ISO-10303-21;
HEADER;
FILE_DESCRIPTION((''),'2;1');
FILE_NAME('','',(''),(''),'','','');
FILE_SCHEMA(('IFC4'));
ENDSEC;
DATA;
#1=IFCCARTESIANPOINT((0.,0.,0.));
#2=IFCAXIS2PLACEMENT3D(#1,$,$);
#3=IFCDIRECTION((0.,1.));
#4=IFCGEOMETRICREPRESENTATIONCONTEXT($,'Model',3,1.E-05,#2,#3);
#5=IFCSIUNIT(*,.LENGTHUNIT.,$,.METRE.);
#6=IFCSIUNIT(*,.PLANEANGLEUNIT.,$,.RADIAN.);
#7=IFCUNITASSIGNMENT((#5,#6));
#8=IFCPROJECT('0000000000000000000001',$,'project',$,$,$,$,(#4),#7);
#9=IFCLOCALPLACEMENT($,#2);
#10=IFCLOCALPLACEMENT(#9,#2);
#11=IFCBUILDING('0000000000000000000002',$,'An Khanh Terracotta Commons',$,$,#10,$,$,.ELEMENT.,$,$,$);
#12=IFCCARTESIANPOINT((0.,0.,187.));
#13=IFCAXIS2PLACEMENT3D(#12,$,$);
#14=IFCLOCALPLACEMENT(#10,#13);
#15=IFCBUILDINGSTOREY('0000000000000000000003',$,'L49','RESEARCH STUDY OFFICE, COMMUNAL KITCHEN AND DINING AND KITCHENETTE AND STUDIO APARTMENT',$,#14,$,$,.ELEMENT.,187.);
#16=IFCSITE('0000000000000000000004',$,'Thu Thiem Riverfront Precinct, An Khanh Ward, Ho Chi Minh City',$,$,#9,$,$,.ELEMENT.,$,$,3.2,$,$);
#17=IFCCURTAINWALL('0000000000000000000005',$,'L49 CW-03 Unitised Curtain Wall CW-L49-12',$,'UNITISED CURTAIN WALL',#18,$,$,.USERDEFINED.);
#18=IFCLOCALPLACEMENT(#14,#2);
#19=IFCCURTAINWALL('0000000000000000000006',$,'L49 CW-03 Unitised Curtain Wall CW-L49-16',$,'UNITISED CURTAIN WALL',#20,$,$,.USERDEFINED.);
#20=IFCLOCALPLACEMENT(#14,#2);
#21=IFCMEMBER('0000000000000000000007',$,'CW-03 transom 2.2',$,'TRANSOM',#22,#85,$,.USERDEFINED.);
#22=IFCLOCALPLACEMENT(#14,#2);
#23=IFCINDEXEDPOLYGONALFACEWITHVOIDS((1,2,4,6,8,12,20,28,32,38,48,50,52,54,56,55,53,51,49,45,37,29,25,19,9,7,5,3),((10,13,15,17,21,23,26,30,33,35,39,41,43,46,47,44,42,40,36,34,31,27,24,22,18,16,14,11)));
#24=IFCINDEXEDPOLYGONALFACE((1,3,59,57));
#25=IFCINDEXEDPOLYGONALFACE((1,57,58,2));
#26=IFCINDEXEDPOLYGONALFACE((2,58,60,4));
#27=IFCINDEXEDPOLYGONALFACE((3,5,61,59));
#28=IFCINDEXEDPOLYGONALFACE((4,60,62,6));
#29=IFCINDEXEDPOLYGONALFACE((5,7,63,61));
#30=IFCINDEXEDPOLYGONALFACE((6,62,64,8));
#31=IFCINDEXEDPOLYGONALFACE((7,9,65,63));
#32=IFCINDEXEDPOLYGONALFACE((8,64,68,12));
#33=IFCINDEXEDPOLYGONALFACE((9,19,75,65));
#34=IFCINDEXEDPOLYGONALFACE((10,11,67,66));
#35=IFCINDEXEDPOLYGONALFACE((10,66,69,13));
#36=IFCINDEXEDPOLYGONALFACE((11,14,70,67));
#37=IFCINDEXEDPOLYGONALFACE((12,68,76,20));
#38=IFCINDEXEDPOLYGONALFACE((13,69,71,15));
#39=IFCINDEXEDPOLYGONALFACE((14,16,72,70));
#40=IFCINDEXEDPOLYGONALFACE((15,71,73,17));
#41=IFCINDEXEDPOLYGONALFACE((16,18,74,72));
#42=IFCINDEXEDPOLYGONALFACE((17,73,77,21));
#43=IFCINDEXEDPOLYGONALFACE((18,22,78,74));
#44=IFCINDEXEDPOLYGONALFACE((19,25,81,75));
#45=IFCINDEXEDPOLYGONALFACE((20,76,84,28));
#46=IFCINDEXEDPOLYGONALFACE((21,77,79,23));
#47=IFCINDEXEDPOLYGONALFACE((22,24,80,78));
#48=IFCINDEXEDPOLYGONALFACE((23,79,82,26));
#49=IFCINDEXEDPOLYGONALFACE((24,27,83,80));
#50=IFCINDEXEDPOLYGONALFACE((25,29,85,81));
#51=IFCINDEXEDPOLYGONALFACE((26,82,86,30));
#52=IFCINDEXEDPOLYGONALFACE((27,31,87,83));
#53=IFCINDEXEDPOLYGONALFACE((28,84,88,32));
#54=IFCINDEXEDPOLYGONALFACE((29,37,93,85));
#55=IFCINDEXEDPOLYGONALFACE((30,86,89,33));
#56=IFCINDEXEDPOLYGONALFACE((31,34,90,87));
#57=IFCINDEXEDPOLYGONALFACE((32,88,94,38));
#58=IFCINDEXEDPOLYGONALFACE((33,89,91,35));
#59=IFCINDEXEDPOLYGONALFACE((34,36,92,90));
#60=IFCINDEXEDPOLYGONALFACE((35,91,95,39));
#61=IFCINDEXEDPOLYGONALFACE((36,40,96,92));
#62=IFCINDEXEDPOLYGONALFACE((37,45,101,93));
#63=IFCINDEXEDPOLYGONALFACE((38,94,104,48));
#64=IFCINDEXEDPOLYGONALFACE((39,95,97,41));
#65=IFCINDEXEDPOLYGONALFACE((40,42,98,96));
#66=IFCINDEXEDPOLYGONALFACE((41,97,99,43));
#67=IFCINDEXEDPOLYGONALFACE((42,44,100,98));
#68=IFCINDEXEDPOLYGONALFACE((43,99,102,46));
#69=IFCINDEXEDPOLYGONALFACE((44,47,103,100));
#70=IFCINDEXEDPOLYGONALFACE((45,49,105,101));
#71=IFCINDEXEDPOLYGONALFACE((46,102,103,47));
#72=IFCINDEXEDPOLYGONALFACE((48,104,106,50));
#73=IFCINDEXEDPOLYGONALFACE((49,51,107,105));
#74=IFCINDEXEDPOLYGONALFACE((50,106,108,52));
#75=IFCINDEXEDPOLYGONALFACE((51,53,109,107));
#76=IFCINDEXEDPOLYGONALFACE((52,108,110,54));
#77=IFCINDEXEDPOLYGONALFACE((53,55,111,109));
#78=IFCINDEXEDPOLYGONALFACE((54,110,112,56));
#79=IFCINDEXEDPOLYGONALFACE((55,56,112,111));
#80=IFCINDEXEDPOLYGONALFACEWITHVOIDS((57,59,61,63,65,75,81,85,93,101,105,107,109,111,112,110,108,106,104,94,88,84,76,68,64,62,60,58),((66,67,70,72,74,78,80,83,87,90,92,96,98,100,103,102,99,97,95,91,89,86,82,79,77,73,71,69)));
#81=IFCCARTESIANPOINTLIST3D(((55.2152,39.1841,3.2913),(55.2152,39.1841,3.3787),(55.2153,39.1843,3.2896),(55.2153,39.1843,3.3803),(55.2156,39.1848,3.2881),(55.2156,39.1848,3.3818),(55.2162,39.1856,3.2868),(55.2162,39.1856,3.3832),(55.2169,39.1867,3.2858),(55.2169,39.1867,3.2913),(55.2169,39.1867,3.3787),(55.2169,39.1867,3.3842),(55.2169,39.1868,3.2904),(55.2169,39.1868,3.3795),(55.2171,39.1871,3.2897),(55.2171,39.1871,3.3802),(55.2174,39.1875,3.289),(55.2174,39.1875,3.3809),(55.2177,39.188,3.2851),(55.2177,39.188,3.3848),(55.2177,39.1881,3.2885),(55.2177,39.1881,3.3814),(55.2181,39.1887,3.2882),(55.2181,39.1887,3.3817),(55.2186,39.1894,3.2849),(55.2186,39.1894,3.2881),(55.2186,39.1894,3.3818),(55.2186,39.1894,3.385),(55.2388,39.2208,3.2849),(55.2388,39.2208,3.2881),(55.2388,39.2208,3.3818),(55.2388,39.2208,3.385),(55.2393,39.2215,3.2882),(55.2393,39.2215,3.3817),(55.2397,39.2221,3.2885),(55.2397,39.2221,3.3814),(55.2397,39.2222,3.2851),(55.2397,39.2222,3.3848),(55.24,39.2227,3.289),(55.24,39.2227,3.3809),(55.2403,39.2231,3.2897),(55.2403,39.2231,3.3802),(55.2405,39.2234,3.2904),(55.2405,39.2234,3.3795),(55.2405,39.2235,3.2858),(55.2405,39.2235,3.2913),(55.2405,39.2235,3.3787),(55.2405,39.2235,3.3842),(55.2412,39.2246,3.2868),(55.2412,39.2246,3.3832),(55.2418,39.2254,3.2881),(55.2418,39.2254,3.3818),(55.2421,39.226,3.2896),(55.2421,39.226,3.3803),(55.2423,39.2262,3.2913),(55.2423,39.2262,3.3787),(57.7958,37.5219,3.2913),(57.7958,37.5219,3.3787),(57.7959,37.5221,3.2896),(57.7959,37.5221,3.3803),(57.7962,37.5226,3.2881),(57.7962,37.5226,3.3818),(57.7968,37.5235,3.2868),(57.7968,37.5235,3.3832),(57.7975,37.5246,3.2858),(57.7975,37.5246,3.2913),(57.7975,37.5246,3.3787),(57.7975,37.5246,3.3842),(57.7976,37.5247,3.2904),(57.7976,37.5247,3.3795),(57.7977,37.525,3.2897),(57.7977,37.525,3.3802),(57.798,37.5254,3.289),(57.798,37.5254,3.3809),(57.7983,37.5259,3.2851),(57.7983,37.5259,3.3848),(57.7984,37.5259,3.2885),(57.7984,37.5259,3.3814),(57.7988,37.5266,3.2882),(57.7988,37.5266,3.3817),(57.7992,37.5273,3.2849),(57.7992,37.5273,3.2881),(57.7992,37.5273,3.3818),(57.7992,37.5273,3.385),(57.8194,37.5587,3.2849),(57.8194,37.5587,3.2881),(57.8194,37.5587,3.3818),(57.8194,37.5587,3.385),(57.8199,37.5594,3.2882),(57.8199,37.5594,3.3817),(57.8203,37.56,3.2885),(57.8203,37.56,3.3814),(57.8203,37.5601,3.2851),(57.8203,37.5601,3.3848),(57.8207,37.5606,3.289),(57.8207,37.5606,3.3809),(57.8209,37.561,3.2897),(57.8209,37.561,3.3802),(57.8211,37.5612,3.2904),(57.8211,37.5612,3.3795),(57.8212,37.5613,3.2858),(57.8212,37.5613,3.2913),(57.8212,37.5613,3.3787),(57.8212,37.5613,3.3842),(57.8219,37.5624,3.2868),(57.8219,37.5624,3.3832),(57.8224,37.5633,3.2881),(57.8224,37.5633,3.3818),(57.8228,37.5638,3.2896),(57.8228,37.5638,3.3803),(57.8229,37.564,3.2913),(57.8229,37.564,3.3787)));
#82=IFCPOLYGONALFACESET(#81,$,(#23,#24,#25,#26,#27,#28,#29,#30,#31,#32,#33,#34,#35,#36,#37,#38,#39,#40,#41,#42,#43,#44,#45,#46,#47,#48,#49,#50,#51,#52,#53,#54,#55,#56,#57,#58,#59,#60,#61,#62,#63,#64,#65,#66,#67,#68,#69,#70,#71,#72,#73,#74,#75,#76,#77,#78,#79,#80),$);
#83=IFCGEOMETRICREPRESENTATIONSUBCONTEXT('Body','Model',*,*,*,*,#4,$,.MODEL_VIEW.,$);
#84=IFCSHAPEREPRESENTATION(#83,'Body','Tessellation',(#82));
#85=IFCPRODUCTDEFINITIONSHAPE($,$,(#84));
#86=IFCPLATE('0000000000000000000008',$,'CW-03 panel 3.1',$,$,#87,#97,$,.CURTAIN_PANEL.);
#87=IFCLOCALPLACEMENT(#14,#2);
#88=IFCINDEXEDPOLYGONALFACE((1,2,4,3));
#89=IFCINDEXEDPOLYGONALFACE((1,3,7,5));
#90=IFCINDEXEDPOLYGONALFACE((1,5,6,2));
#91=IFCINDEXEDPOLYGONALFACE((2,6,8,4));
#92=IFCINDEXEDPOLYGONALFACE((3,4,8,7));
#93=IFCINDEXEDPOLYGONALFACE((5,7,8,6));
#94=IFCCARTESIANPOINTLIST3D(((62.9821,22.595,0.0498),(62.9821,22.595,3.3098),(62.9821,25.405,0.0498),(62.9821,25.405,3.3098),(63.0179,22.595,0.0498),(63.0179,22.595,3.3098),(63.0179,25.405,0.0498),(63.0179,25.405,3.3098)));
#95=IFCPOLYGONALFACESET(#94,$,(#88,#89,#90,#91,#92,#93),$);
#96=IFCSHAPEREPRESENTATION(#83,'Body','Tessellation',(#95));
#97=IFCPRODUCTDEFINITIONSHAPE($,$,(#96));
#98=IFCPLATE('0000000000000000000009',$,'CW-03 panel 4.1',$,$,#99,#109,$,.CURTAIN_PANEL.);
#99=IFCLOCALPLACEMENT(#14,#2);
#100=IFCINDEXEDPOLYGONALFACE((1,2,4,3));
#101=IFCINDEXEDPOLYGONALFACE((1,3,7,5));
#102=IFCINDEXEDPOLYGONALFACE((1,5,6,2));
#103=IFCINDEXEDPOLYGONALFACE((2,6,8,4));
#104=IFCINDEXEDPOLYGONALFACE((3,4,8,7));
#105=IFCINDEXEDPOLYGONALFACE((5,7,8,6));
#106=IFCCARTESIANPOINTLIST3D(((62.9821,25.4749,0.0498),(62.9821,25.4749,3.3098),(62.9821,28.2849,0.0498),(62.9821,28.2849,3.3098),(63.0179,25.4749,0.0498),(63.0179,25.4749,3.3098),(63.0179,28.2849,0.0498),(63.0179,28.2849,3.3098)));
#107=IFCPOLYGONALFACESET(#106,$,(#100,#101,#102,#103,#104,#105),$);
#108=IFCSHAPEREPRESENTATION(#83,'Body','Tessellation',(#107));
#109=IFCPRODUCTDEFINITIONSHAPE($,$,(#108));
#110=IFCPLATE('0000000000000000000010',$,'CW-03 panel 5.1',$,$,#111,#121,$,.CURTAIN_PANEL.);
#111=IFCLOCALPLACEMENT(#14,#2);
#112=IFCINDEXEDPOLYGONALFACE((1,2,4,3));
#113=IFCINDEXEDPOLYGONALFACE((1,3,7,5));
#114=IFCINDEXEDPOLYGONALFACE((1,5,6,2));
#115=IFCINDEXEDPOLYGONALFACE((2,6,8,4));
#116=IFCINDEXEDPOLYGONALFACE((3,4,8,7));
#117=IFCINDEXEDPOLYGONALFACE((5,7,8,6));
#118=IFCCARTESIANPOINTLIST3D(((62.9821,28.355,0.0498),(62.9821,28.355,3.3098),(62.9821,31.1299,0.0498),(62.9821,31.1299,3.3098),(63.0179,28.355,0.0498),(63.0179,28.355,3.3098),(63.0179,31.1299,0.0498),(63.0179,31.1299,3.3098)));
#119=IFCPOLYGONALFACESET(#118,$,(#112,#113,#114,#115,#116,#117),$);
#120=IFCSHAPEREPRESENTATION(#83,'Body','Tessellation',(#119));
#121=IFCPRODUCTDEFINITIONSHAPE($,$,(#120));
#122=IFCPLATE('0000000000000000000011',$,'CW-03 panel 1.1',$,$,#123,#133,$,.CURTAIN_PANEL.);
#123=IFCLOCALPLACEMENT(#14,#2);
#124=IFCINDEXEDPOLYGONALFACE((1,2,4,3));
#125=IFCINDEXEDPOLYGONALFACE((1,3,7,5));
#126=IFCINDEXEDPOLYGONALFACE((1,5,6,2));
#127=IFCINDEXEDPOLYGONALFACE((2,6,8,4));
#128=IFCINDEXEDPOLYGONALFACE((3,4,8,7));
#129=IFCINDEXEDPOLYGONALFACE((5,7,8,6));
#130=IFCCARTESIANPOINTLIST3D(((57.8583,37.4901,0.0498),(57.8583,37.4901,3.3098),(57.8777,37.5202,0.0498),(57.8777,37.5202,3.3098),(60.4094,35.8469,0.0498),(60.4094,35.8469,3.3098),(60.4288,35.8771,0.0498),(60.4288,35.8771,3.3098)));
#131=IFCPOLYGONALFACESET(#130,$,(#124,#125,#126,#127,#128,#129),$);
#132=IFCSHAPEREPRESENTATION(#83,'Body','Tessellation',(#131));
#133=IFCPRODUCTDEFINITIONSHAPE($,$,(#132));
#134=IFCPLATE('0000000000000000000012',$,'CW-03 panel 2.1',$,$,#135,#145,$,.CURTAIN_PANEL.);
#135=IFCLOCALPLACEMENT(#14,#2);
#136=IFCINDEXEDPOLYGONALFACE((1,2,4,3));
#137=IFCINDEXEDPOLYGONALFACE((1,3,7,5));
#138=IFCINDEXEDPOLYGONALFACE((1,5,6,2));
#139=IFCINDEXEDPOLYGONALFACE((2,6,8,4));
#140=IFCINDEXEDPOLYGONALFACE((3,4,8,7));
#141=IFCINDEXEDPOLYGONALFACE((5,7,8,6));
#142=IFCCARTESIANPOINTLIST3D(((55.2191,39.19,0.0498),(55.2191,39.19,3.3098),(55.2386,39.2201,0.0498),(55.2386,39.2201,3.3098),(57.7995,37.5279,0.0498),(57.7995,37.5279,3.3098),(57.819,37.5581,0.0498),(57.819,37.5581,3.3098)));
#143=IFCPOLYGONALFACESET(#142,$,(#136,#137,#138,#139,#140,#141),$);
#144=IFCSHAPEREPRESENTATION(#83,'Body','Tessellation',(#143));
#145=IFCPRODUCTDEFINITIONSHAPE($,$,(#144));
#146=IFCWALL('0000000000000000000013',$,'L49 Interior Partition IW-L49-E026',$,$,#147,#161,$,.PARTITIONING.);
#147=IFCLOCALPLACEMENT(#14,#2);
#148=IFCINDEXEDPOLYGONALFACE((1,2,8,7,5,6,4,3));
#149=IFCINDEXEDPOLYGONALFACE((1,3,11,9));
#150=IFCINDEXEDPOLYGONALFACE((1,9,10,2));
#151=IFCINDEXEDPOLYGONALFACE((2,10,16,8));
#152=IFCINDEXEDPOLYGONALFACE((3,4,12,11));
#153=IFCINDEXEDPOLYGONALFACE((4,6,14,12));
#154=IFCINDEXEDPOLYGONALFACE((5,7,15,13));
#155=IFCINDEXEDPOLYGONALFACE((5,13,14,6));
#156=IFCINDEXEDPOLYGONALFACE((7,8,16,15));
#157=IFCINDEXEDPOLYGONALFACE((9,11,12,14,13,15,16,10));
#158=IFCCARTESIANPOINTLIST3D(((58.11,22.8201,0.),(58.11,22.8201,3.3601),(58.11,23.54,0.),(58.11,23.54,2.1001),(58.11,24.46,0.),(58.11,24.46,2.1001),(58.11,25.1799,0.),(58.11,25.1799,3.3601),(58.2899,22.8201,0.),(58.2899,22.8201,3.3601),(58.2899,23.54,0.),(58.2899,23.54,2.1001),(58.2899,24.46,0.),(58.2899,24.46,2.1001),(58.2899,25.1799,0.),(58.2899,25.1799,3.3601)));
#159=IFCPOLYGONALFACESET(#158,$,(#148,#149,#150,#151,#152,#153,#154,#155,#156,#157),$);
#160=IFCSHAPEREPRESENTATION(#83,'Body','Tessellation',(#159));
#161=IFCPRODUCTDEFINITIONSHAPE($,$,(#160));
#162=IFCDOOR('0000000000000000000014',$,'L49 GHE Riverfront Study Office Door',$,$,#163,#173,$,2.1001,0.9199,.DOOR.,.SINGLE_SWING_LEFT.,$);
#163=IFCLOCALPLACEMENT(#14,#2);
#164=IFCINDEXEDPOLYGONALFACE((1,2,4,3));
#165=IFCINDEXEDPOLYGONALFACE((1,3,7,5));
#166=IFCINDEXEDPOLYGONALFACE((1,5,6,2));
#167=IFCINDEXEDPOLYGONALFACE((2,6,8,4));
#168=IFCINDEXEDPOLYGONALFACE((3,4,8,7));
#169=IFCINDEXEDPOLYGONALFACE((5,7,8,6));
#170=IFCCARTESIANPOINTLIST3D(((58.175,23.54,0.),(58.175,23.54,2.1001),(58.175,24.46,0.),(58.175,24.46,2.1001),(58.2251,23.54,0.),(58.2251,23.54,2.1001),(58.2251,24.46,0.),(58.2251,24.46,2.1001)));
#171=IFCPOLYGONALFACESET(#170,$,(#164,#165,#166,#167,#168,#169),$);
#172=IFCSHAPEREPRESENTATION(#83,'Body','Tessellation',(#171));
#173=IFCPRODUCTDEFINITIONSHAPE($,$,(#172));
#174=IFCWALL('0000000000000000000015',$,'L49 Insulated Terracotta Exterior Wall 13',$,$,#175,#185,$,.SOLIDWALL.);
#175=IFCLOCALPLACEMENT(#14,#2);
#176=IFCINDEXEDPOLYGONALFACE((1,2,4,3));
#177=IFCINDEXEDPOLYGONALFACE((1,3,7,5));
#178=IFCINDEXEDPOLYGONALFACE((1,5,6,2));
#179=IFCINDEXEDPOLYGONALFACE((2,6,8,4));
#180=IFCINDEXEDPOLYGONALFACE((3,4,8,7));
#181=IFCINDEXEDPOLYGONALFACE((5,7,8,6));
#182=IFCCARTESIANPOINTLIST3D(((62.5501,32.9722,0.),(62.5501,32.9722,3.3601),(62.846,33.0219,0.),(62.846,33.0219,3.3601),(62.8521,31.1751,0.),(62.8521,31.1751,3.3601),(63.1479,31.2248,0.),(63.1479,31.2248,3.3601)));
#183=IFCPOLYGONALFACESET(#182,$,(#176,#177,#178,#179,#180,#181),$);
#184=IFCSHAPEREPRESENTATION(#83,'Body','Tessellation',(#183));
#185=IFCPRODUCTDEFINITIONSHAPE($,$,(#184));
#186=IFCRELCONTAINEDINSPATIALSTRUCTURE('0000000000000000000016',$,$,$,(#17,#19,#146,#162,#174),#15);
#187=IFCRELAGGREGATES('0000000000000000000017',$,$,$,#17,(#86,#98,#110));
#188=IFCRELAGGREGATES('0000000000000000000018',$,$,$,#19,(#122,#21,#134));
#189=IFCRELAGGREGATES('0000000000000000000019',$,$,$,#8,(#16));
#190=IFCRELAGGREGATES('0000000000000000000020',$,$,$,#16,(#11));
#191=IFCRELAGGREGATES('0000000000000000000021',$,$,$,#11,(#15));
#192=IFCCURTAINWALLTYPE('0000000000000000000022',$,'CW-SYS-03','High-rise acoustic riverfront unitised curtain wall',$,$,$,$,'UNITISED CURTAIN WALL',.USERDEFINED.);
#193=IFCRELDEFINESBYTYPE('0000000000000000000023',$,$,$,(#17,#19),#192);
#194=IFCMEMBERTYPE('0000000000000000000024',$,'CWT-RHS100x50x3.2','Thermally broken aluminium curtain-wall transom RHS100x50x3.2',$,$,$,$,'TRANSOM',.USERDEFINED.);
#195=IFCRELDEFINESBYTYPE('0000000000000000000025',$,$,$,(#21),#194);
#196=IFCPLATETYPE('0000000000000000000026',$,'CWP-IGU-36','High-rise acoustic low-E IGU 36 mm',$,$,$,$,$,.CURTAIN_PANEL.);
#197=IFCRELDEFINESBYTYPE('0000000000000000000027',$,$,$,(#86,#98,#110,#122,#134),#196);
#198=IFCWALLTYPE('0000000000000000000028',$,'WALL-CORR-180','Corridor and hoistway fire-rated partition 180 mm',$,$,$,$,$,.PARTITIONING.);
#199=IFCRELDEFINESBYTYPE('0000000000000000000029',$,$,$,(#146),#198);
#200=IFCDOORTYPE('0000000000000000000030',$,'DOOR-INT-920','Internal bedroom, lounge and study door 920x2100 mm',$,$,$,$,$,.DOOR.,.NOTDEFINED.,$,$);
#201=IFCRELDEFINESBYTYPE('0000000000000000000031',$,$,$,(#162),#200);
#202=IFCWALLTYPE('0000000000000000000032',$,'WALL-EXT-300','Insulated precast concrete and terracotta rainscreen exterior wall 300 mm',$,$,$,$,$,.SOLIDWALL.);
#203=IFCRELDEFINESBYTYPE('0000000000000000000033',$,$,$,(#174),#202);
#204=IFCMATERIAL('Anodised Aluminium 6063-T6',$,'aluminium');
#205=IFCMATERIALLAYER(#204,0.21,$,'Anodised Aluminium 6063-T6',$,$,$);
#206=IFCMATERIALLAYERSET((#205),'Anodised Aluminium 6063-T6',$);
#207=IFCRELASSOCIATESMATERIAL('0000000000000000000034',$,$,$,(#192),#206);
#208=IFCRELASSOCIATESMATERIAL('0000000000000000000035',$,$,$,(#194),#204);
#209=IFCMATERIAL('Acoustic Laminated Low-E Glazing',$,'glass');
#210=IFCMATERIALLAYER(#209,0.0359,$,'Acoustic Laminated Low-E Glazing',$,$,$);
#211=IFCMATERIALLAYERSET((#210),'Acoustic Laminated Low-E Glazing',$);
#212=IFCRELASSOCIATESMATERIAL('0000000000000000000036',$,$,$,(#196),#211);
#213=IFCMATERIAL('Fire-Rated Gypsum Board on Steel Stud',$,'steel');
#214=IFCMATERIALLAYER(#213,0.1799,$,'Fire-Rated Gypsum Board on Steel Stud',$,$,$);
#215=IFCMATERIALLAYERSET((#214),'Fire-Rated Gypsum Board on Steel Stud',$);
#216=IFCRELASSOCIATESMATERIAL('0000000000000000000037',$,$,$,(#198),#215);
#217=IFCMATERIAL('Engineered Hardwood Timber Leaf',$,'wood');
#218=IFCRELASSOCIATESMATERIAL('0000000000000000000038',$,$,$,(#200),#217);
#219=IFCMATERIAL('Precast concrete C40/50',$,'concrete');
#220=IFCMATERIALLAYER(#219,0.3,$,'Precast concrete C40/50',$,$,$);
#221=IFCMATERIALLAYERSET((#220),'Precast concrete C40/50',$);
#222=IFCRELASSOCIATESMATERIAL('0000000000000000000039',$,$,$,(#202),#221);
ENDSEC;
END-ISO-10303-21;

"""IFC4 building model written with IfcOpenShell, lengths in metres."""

from ifc_helpers import new_model, si_unit, direction, frame, frame_2d, origin, origin_2d, place, context, subcontext, project, spatial, rectangle, hollow_rectangle, extrude, material, layer, layer_set, material_profile, profile_set, type_object, element, fill, aggregate, save


model = new_model("IFC4")

# Units and contexts
model_context = context("Model", 3, precision=1e-05, world=origin(), true_north=direction((0.0, 1.0)))
body_context = subcontext(model_context, "Body", "Model", "MODEL_VIEW")
ifc_project = project(units=[si_unit("LENGTHUNIT", "METRE"), si_unit("PLANEANGLEUNIT", "RADIAN")], contexts=[model_context])

# Site, building, storey
site_placement = place(None, origin())
site = spatial("IfcSite", under=ifc_project, at=site_placement, Name="Thu Thiem Riverfront Precinct, An Khanh Ward, Ho Chi Minh City", CompositionType="ELEMENT", RefElevation=3.2)
building_placement = place(site_placement, origin())
building = spatial("IfcBuilding", under=site, at=building_placement, Name="An Khanh Terracotta Commons", CompositionType="ELEMENT")
storey_placement = place(building_placement, frame((0.0, 0.0, 187.0)))
storey = spatial("IfcBuildingStorey", under=building, at=storey_placement, Name="L49", Description="RESEARCH STUDY OFFICE, COMMUNAL KITCHEN AND DINING AND KITCHENETTE AND STUDIO APARTMENT", CompositionType="ELEMENT", Elevation=187.0)

# Curtain walls
ifc_material_1 = material(Name="Anodised Aluminium 6063-T6", Category="aluminium")
ifc_layer_1 = layer(ifc_material_1, 0.21, Name="Anodised Aluminium 6063-T6")
ifc_layer_set_1 = layer_set([ifc_layer_1], Name="Anodised Aluminium 6063-T6")
curtain_wall_type = type_object("IfcCurtainWallType", Name="CW-SYS-03", Description="High-rise acoustic riverfront unitised curtain wall", ElementType="UNITISED CURTAIN WALL", PredefinedType="USERDEFINED", material=ifc_layer_set_1)
curtain_wall_1_placement = place(storey_placement, origin())
curtain_wall_1 = element("IfcCurtainWall", 1, at=curtain_wall_1_placement, inside=storey, type_object=curtain_wall_type, Name="L49 CW-03 Unitised Curtain Wall CW-L49-12", ObjectType="UNITISED CURTAIN WALL", PredefinedType="USERDEFINED")
curtain_wall_2_placement = place(storey_placement, origin())
curtain_wall_2 = element("IfcCurtainWall", 2, at=curtain_wall_2_placement, inside=storey, type_object=curtain_wall_type, Name="L49 CW-03 Unitised Curtain Wall CW-L49-16", ObjectType="UNITISED CURTAIN WALL", PredefinedType="USERDEFINED")

# Member
ifc_material_profile_1 = material_profile(ifc_material_1, hollow_rectangle(XDim=0.05, YDim=0.1001, WallThickness=0.0032, InnerFilletRadius=0.0032, OuterFilletRadius=0.0063, at=origin_2d()), Name="RHS100x50x3.2")
ifc_profile_set_1 = profile_set([ifc_material_profile_1], Name="Anodised Aluminium 6063-T6")
member_type_1 = type_object("IfcMemberType", Name="CWT-RHS100x50x3.2", Description="Thermally broken aluminium curtain-wall transom RHS100x50x3.2", ElementType="TRANSOM", PredefinedType="USERDEFINED", material=ifc_profile_set_1)
member_1_placement = place(storey_placement, frame((57.8093, 37.543, 3.335), z_axis=(-0.840708, 0.541489, 0.0), x_axis=(-0.541489, -0.840708, 0.0)))
member_1 = element("IfcMember", 3, at=member_1_placement, type_object=member_type_1, Name="CW-03 transom 2.2", ObjectType="TRANSOM", PredefinedType="USERDEFINED", context=body_context, shape_type="SweptSolid", body=[
    extrude(hollow_rectangle(XDim=0.05, YDim=0.1001, WallThickness=0.0032, InnerFilletRadius=0.0032, OuterFilletRadius=0.0063, at=origin_2d()), origin(), (0.0, 0.0, 1.0), 3.0696),
])

# Plates
ifc_material_2 = material(Name="Acoustic Laminated Low-E Glazing", Category="glass")
ifc_layer_2 = layer(ifc_material_2, 0.0359, Name="Acoustic Laminated Low-E Glazing")
ifc_layer_set_2 = layer_set([ifc_layer_2], Name="Acoustic Laminated Low-E Glazing")
plate_type = type_object("IfcPlateType", Name="CWP-IGU-36", Description="High-rise acoustic low-E IGU 36 mm", PredefinedType="CURTAIN_PANEL", material=ifc_layer_set_2)
plate_1_placement = place(storey_placement, frame((63.0, 24.0, 0.0498), z_axis=(0.0, 0.0, 1.0), x_axis=(0.0, 1.0, 0.0)))
plate_1 = element("IfcPlate", 4, at=plate_1_placement, type_object=plate_type, Name="CW-03 panel 3.1", PredefinedType="CURTAIN_PANEL", context=body_context, shape_type="SweptSolid", body=[
    extrude(rectangle(XDim=2.8101, YDim=0.0359, at=origin_2d()), origin(), (0.0, 0.0, 1.0), 3.26),
])
plate_2_placement = place(storey_placement, frame((63.0, 26.8799, 0.0498), z_axis=(0.0, 0.0, 1.0), x_axis=(0.0, 1.0, 0.0)))
plate_2 = element("IfcPlate", 5, at=plate_2_placement, type_object=plate_type, Name="CW-03 panel 4.1", PredefinedType="CURTAIN_PANEL", context=body_context, shape_type="SweptSolid", body=[
    extrude(rectangle(XDim=2.8101, YDim=0.0359, at=origin_2d()), origin(), (0.0, 0.0, 1.0), 3.26),
])
plate_3_placement = place(storey_placement, frame((63.0, 29.7424, 0.0498), z_axis=(0.0, 0.0, 1.0), x_axis=(0.0, 1.0, 0.0)))
plate_3 = element("IfcPlate", 6, at=plate_3_placement, type_object=plate_type, Name="CW-03 panel 5.1", PredefinedType="CURTAIN_PANEL", context=body_context, shape_type="SweptSolid", body=[
    extrude(rectangle(XDim=2.7749, YDim=0.0359, at=origin_2d()), origin(), (0.0, 0.0, 1.0), 3.26),
])
aggregate(curtain_wall_1, [plate_1, plate_2, plate_3])
plate_4_placement = place(storey_placement, frame((59.1436, 36.6836, 0.0498), z_axis=(0.0, 0.0, 1.0), x_axis=(-0.840702, 0.541498, 0.0)))
plate_4 = element("IfcPlate", 7, at=plate_4_placement, type_object=plate_type, Name="CW-03 panel 1.1", PredefinedType="CURTAIN_PANEL", context=body_context, shape_type="SweptSolid", body=[
    extrude(rectangle(XDim=3.0344, YDim=0.0359, at=origin_2d()), origin(), (0.0, 0.0, 1.0), 3.26),
])
plate_5_placement = place(storey_placement, frame((56.519, 38.374, 0.0498), z_axis=(0.0, 0.0, 1.0), x_axis=(-0.840702, 0.541498, 0.0)))
plate_5 = element("IfcPlate", 8, at=plate_5_placement, type_object=plate_type, Name="CW-03 panel 2.1", PredefinedType="CURTAIN_PANEL", context=body_context, shape_type="SweptSolid", body=[
    extrude(rectangle(XDim=3.0693, YDim=0.0359, at=origin_2d()), origin(), (0.0, 0.0, 1.0), 3.26),
])
aggregate(curtain_wall_2, [plate_4, member_1, plate_5])

# Wall, opening, door
ifc_material_3 = material(Name="Fire-Rated Gypsum Board on Steel Stud", Category="steel")
ifc_layer_3 = layer(ifc_material_3, 0.1799, Name="Fire-Rated Gypsum Board on Steel Stud")
ifc_layer_set_3 = layer_set([ifc_layer_3], Name="Fire-Rated Gypsum Board on Steel Stud")
wall_type_1 = type_object("IfcWallType", Name="WALL-CORR-180", Description="Corridor and hoistway fire-rated partition 180 mm", PredefinedType="PARTITIONING", material=ifc_layer_set_3)
wall_1_placement = place(storey_placement, frame((58.2, 22.8201, 0.0), z_axis=(0.0, 0.0, 1.0), x_axis=(0.0, 1.0, 0.0)))
wall_1 = element("IfcWall", 9, at=wall_1_placement, inside=storey, type_object=wall_type_1, Name="L49 Interior Partition IW-L49-E026", PredefinedType="PARTITIONING", context=body_context, shape_type="SweptSolid", body=[
    extrude(rectangle(XDim=2.3599, YDim=0.1799, at=frame_2d((1.1799, 0.0))), origin(), (0.0, 0.0, 1.0), 3.3601),
])
opening_placement = place(wall_1_placement, frame((0.72, 0.0, 0.0)))
opening = element("IfcOpeningElement", 10, at=opening_placement, cuts=wall_1, PredefinedType="OPENING", context=body_context, shape_type="SweptSolid", body=[
    extrude(rectangle(XDim=0.9199, YDim=2.1001, at=frame_2d((0.46, 1.05))), frame((0.0, 0.0999, 0.0), z_axis=(0.0, -1.0, 0.0), x_axis=(1.0, 0.0, 0.0)), (0.0, 0.0, 1.0), 0.2),
])
ifc_material_4 = material(Name="Engineered Hardwood Timber Leaf", Category="wood")
door_type = type_object("IfcDoorType", Name="DOOR-INT-920", Description="Internal bedroom, lounge and study door 920x2100 mm", OperationType="NOTDEFINED", PredefinedType="DOOR", material=ifc_material_4)
door_placement = place(opening_placement, origin())
door = element("IfcDoor", 11, at=door_placement, inside=storey, type_object=door_type, Name="L49 GHE Riverfront Study Office Door", OperationType="SINGLE_SWING_LEFT", OverallHeight=2.1001, OverallWidth=0.9199, PredefinedType="DOOR", context=body_context, shape_type="SweptSolid", body=[
    extrude(rectangle(XDim=0.9199, YDim=2.1001, at=frame_2d((0.46, 1.05))), frame((0.0, 0.0249, 0.0), z_axis=(0.0, -1.0, 0.0), x_axis=(1.0, 0.0, 0.0)), (0.0, 0.0, 1.0), 0.05),
])
fill(opening, door)

# Wall
ifc_material_5 = material(Name="Precast concrete C40/50", Category="concrete")
ifc_layer_4 = layer(ifc_material_5, 0.3, Name="Precast concrete C40/50")
ifc_layer_set_4 = layer_set([ifc_layer_4], Name="Precast concrete C40/50")
wall_type_2 = type_object("IfcWallType", Name="WALL-EXT-300", Description="Insulated precast concrete and terracotta rainscreen exterior wall 300 mm", PredefinedType="SOLIDWALL", material=ifc_layer_set_4)
wall_2_placement = place(storey_placement, frame((63.0, 31.2, 0.0), z_axis=(0.0, 0.0, 1.0), x_axis=(-0.165724, 0.986172, 0.0)))
element("IfcWall", 12, at=wall_2_placement, inside=storey, type_object=wall_type_2, Name="L49 Insulated Terracotta Exterior Wall 13", PredefinedType="SOLIDWALL", context=body_context, shape_type="SweptSolid", body=[
    extrude(rectangle(XDim=1.8223, YDim=0.3, at=frame_2d((0.9111, 0.0))), origin(), (0.0, 0.0, 1.0), 3.3601),
])

save(model, "model.ifc")
